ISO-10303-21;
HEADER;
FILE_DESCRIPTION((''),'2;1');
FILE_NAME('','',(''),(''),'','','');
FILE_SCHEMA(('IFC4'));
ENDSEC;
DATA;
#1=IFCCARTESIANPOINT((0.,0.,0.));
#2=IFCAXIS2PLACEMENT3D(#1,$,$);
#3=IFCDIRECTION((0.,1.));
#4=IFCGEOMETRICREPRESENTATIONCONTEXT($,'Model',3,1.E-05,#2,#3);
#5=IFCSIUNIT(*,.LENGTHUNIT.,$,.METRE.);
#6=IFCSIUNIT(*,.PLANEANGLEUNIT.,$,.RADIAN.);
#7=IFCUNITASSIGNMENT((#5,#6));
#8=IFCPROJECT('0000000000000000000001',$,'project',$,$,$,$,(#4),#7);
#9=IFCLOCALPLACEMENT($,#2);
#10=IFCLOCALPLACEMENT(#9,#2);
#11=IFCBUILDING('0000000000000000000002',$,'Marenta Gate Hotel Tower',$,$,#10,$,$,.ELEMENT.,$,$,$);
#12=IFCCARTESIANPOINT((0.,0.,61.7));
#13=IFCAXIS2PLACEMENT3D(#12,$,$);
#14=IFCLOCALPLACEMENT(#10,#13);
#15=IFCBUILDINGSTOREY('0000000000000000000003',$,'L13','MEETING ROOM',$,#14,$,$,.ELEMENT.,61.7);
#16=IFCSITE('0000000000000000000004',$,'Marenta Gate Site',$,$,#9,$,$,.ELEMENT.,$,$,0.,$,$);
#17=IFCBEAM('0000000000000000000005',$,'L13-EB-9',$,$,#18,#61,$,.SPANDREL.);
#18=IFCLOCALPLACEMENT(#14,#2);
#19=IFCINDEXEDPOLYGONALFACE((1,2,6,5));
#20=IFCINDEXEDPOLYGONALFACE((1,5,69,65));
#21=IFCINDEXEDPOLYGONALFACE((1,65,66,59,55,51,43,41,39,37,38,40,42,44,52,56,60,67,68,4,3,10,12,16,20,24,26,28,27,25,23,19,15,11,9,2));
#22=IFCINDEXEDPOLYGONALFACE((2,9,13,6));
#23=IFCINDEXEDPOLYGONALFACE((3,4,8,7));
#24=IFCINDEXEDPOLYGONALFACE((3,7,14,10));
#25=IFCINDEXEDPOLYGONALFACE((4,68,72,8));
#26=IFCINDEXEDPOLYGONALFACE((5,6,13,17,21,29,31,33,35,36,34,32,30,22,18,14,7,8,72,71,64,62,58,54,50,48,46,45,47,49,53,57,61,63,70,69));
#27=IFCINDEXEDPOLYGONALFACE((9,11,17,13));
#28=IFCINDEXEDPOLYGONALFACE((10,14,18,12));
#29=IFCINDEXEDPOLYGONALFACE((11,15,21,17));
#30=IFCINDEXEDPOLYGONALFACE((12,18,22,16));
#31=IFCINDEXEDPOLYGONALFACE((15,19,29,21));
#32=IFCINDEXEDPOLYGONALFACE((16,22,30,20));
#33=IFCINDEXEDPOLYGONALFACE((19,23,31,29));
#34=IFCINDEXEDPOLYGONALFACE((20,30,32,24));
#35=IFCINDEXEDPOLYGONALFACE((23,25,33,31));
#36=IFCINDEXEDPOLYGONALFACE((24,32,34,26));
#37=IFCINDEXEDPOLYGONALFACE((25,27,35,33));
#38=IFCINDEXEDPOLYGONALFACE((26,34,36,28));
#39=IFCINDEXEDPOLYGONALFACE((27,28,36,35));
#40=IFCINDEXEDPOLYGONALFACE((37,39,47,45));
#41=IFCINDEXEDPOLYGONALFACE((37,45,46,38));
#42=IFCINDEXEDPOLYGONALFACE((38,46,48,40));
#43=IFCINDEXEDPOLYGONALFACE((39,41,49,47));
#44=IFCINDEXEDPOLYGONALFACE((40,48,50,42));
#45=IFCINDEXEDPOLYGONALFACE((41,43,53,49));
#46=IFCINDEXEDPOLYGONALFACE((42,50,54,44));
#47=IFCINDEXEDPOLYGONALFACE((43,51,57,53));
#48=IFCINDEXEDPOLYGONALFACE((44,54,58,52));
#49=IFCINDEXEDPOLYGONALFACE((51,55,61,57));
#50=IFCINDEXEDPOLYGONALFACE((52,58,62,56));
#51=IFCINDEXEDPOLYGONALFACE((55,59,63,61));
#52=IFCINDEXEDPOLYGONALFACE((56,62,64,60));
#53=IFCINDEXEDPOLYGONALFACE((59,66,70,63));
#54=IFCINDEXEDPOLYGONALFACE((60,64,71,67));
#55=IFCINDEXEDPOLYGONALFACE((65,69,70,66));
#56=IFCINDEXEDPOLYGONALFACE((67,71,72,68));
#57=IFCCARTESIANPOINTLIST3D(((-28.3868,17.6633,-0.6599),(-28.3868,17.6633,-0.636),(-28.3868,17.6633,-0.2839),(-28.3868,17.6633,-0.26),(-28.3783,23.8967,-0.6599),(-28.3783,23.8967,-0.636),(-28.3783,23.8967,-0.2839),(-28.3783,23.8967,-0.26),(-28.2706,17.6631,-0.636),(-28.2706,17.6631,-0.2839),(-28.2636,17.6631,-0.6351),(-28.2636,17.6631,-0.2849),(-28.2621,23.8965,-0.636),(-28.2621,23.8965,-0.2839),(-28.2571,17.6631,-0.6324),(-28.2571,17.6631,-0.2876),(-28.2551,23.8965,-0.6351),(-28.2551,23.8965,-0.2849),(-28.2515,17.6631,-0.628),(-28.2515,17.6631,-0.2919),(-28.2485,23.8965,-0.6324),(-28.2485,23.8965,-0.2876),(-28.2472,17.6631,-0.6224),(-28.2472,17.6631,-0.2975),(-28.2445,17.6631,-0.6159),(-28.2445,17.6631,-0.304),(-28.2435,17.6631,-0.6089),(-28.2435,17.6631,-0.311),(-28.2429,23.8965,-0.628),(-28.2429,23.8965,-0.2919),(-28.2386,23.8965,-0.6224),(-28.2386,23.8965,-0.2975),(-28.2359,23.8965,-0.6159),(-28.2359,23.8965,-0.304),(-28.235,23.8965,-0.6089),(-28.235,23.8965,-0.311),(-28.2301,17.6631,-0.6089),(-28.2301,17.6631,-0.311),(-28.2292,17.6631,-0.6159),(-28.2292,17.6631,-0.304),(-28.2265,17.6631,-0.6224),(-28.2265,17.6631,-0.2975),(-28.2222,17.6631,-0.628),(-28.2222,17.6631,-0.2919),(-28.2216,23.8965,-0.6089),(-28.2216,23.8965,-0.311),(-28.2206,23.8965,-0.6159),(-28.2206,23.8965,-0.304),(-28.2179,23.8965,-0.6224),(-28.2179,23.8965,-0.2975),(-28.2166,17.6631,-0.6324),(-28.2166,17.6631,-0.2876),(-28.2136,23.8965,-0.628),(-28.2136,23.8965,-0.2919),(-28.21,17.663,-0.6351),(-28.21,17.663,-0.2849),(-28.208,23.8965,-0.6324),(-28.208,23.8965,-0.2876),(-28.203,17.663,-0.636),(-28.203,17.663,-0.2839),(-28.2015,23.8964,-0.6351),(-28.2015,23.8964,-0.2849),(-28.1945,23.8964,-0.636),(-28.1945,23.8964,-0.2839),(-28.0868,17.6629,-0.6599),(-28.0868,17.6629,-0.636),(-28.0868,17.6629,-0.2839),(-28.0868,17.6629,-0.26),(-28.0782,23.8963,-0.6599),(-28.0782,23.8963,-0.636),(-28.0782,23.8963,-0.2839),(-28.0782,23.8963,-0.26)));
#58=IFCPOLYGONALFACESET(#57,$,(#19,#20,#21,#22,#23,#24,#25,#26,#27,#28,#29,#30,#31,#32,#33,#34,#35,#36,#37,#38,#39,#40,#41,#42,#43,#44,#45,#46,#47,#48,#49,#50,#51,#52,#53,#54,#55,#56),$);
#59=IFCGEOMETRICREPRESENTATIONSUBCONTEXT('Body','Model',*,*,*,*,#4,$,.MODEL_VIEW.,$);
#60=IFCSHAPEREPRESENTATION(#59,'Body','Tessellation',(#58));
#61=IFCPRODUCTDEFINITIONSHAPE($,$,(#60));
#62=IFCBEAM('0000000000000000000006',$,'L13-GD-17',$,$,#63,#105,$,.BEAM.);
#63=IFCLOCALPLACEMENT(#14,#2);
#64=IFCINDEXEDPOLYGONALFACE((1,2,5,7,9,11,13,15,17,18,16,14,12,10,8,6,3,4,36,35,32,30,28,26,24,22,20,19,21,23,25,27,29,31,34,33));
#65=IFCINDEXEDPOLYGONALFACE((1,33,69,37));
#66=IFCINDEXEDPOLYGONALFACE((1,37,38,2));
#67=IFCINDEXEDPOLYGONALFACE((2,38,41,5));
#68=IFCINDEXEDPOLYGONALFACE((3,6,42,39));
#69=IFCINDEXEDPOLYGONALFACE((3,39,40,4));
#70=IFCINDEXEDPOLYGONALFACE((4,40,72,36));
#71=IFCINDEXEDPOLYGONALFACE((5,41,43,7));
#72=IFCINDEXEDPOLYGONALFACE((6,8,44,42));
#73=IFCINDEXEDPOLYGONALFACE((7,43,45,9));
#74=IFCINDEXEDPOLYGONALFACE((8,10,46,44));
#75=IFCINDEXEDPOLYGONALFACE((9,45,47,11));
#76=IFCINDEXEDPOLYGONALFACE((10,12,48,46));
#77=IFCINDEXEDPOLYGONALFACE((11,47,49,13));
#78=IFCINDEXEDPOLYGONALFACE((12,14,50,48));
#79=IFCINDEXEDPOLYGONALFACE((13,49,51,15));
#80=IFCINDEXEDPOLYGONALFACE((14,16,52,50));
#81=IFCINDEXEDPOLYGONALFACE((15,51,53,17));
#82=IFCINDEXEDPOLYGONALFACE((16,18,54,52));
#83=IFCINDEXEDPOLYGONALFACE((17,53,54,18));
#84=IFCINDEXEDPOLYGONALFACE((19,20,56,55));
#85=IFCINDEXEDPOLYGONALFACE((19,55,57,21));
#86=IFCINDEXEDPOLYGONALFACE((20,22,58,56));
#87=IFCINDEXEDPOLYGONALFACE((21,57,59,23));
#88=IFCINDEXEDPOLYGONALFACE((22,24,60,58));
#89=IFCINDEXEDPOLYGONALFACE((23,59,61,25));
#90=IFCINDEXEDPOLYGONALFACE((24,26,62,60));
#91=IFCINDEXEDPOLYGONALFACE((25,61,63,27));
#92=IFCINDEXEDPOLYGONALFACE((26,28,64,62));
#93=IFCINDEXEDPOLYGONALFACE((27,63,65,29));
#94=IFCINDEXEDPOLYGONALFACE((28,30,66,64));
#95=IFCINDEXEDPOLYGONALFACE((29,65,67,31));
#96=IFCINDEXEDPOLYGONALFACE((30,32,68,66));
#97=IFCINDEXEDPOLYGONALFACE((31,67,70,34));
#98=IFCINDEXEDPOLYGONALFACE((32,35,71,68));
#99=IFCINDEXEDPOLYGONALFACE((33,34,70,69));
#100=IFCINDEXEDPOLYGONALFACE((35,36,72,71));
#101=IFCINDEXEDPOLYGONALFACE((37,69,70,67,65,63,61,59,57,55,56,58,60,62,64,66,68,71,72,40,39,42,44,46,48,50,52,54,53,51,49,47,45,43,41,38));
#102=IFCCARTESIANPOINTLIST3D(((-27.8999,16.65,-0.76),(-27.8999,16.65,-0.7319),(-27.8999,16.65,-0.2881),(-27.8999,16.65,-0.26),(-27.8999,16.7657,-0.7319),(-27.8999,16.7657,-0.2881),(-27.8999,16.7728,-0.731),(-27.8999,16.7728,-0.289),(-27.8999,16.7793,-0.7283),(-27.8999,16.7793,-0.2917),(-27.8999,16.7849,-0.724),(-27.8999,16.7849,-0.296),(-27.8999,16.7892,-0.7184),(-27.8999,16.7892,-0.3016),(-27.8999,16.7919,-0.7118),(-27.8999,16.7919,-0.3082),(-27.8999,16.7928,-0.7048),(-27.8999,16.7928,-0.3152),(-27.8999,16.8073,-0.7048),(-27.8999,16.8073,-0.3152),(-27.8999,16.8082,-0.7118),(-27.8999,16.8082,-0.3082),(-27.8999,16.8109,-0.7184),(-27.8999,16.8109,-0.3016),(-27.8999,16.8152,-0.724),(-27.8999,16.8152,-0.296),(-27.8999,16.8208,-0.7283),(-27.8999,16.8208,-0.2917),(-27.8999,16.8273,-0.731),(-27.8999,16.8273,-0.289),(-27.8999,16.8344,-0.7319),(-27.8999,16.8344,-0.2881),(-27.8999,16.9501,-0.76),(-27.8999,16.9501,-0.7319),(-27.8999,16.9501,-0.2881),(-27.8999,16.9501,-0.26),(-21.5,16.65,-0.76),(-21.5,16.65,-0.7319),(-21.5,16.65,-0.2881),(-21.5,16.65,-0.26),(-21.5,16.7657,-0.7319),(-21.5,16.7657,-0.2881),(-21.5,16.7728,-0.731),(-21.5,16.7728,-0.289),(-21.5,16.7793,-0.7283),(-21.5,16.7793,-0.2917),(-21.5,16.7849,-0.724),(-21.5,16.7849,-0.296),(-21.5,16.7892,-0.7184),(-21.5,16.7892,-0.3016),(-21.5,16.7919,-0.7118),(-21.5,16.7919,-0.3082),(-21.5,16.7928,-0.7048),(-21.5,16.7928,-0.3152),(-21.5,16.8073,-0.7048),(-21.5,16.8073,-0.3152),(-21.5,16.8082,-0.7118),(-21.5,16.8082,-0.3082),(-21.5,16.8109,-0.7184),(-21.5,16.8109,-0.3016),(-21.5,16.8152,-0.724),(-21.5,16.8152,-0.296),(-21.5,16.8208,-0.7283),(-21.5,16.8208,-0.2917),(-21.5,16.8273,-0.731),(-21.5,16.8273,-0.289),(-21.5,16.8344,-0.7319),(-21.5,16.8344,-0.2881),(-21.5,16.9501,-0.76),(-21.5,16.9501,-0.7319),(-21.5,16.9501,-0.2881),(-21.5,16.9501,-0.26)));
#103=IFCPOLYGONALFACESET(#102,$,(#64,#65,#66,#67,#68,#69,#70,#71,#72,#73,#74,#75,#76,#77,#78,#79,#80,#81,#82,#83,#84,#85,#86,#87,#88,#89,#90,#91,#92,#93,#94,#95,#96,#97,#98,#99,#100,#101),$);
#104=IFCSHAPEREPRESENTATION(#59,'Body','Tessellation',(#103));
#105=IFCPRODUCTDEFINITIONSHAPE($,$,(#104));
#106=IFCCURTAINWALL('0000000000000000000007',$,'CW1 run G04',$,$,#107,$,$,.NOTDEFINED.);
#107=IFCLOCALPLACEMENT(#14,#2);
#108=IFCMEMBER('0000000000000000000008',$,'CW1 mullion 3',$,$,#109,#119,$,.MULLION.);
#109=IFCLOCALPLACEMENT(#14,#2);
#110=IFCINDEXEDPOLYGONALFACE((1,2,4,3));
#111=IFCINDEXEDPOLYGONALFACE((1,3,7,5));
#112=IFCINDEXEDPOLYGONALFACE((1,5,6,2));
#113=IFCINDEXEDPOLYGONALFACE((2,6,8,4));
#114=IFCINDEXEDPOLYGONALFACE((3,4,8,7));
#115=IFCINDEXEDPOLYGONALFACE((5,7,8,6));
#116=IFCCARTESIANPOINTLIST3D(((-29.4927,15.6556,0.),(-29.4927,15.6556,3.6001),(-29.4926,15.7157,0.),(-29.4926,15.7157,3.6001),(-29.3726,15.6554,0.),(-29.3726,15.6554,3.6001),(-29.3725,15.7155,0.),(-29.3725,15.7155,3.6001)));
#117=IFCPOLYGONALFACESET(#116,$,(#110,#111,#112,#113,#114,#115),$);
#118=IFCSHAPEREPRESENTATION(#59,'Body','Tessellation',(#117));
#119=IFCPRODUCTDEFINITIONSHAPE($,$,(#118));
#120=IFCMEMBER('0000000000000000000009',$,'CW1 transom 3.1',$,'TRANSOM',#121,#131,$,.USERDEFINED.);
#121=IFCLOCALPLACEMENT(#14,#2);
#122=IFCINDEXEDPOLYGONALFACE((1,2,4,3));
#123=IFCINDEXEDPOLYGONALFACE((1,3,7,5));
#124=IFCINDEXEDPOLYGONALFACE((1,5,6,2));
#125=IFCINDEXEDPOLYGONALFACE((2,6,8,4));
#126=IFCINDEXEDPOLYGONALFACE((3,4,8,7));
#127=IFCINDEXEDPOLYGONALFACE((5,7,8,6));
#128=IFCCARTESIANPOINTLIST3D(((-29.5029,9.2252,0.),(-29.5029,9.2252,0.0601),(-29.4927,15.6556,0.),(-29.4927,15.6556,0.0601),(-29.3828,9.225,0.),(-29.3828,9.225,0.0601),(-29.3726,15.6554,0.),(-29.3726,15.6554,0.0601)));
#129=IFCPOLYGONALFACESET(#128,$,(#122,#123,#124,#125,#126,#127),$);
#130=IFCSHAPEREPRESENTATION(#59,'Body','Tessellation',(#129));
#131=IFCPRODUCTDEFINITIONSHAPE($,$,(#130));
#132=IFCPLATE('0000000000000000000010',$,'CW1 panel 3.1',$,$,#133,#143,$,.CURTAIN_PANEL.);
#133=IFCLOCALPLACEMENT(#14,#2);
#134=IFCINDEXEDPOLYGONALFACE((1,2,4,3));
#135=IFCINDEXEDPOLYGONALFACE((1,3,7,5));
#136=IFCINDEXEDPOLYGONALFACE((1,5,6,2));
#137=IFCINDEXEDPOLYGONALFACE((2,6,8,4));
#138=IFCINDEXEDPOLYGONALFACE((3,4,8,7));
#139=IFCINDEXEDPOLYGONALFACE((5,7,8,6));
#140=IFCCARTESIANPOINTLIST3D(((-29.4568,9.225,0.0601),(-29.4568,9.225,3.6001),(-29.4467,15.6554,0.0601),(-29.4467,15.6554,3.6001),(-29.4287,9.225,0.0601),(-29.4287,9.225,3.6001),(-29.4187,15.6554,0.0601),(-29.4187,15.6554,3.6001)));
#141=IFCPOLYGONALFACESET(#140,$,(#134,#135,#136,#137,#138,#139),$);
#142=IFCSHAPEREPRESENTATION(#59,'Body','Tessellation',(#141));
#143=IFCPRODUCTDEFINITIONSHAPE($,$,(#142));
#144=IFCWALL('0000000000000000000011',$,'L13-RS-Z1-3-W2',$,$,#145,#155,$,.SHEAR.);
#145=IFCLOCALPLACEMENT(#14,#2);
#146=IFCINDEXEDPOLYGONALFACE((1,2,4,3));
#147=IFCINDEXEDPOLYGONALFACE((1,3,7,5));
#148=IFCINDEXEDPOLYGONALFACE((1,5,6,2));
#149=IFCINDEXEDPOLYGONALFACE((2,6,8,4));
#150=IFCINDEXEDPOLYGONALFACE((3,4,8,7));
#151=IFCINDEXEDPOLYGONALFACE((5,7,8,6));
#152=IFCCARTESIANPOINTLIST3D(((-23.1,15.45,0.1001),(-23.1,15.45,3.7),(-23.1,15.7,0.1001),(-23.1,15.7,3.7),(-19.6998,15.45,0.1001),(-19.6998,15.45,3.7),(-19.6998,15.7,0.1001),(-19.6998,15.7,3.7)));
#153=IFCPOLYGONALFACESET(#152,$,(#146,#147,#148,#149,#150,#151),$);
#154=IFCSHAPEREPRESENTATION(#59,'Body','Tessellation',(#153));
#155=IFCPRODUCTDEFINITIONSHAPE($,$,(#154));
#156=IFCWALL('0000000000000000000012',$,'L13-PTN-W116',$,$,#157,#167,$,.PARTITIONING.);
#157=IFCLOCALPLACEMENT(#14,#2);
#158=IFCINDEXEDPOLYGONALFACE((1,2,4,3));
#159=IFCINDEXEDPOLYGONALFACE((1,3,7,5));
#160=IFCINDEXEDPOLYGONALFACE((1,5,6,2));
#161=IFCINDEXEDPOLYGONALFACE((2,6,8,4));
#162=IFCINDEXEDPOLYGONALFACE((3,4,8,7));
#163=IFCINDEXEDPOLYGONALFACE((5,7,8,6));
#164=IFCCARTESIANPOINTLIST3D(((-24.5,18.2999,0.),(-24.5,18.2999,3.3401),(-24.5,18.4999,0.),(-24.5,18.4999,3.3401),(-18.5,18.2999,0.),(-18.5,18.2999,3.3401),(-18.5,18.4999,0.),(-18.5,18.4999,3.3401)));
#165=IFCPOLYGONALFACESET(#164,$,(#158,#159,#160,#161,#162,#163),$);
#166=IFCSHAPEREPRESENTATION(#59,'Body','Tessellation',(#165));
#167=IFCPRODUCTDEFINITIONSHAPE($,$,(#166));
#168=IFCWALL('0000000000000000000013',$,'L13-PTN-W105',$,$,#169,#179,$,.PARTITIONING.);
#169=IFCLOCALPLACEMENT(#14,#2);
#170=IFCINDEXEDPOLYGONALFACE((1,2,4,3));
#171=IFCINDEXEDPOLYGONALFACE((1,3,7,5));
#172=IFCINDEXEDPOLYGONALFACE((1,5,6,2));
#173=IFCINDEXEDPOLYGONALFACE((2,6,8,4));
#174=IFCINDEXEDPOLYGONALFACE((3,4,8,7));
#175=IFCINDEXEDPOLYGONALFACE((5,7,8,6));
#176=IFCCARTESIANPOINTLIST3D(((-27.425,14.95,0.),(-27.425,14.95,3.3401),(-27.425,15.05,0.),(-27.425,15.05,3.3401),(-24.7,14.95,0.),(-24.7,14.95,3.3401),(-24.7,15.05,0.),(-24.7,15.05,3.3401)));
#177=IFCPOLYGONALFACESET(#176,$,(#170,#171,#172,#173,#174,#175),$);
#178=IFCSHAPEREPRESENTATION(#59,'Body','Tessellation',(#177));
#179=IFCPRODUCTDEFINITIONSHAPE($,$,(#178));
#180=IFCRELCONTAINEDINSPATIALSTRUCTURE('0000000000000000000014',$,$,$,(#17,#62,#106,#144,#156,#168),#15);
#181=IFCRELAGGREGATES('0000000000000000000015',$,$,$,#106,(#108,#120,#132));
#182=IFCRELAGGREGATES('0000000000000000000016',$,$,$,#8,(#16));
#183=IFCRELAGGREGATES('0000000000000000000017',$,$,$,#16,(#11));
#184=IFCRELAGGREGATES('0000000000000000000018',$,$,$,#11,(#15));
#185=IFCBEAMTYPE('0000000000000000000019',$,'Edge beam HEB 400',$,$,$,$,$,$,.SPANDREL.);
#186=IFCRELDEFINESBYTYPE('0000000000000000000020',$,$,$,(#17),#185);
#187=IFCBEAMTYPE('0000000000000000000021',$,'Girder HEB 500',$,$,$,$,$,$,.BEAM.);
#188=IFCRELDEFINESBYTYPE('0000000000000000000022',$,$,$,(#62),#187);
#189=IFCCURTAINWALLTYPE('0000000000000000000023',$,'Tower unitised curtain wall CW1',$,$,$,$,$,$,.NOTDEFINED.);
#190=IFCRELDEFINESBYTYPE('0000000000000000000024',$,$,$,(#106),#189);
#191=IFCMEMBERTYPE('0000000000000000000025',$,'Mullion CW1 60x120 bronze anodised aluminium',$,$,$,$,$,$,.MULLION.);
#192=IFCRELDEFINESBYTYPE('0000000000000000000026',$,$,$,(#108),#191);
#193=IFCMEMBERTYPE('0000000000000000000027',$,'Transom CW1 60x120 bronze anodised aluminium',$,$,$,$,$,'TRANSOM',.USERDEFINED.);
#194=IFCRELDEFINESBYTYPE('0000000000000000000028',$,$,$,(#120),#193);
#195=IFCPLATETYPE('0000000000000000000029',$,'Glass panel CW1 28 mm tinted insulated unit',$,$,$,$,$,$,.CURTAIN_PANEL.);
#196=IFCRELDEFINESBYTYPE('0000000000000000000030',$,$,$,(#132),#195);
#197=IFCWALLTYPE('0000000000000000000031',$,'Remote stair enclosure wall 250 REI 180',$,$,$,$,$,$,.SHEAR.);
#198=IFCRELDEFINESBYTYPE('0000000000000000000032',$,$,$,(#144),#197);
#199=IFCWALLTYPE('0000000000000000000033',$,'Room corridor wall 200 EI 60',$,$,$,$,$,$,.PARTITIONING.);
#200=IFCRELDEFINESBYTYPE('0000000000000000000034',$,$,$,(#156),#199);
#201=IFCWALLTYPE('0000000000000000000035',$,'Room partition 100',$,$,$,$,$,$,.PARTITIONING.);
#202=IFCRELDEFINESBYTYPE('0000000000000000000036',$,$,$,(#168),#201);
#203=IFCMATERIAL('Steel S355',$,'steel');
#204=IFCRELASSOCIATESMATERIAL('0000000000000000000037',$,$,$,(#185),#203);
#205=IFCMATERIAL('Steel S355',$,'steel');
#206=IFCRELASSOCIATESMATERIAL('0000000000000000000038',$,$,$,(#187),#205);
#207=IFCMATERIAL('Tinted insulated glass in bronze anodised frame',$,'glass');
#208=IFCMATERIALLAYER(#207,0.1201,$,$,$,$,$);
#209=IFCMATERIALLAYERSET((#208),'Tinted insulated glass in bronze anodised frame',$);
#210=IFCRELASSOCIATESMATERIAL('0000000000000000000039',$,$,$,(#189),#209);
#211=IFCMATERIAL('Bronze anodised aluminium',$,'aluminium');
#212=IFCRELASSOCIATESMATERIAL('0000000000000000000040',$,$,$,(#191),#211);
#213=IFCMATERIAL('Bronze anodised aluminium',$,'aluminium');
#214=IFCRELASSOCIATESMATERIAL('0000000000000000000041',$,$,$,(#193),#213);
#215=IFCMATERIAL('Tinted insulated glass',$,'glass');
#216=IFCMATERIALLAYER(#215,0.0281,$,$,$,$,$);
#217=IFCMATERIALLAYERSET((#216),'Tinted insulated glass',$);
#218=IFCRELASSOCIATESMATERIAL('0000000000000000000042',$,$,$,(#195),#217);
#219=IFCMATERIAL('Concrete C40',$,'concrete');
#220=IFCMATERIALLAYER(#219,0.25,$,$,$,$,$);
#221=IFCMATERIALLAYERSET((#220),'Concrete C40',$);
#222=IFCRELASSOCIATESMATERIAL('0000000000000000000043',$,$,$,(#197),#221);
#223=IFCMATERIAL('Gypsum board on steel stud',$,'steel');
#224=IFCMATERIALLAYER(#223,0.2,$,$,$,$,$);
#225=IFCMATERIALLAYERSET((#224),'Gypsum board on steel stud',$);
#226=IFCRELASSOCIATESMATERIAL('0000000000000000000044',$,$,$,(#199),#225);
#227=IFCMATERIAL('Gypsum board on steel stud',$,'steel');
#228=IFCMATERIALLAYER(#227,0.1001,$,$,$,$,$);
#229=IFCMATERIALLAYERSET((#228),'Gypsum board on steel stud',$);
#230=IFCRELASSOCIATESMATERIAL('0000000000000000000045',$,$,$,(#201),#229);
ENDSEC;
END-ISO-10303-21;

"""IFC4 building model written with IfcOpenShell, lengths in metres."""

from ifc_helpers import new_model, si_unit, direction, frame, frame_2d, origin, origin_2d, place, context, subcontext, project, spatial, rectangle, i_section, extrude, material, layer, layer_set, material_profile, profile_set, type_object, element, aggregate, save


model = new_model("IFC4")

# Units and contexts
model_context = context("Model", 3, precision=1e-05, world=origin(), true_north=direction((0.0, 1.0)))
body_context = subcontext(model_context, "Body", "Model", "MODEL_VIEW")
ifc_project = project(units=[si_unit("LENGTHUNIT", "METRE"), si_unit("PLANEANGLEUNIT", "RADIAN")], contexts=[model_context])

# Site, building, storey
site_placement = place(None, origin())
site = spatial("IfcSite", under=ifc_project, at=site_placement, Name="Marenta Gate Site", CompositionType="ELEMENT", RefElevation=0.0)
building_placement = place(site_placement, origin())
building = spatial("IfcBuilding", under=site, at=building_placement, Name="Marenta Gate Hotel Tower", CompositionType="ELEMENT")
storey_placement = place(building_placement, frame((0.0, 0.0, 61.7)))
storey = spatial("IfcBuildingStorey", under=building, at=storey_placement, Name="L13", Description="MEETING ROOM", CompositionType="ELEMENT", Elevation=61.7)

# Beams
ifc_material_1 = material(Name="Steel S355", Category="steel")
ifc_material_profile_1 = material_profile(ifc_material_1, i_section(OverallWidth=0.3, OverallDepth=0.3999, WebThickness=0.0134, FlangeThickness=0.0239, FilletRadius=0.0271, at=origin_2d()), Name="HEB 400")
ifc_profile_set_1 = profile_set([ifc_material_profile_1], Name="Steel S355")
beam_type_1 = type_object("IfcBeamType", Name="Edge beam HEB 400", PredefinedType="SPANDREL", material=ifc_profile_set_1)
beam_1_placement = place(storey_placement, frame((-28.2368, 17.6631, -0.46), z_axis=(0.001371, 0.999999, 0.0), x_axis=(-0.999999, 0.001371, 0.0)))
element("IfcBeam", 1, at=beam_1_placement, inside=storey, type_object=beam_type_1, Name="L13-EB-9", PredefinedType="SPANDREL", context=body_context, shape_type="SweptSolid", body=[
    extrude(i_section(OverallWidth=0.3, OverallDepth=0.3999, WebThickness=0.0134, FlangeThickness=0.0239, FilletRadius=0.0271, at=origin_2d()), origin(), (0.0, 0.0, 1.0), 6.2334),
])
ifc_material_2 = material(Name="Steel S355", Category="steel")
ifc_material_profile_2 = material_profile(ifc_material_2, i_section(OverallWidth=0.3, OverallDepth=0.5, WebThickness=0.0144, FlangeThickness=0.0281, FilletRadius=0.0271, at=origin_2d()), Name="HEB 500")
ifc_profile_set_2 = profile_set([ifc_material_profile_2], Name="Steel S355")
beam_type_2 = type_object("IfcBeamType", Name="Girder HEB 500", PredefinedType="BEAM", material=ifc_profile_set_2)
beam_2_placement = place(storey_placement, frame((-27.8999, 16.8, -0.51), z_axis=(1.0, 0.0, 0.0), x_axis=(0.0, 1.0, 0.0)))
element("IfcBeam", 2, at=beam_2_placement, inside=storey, type_object=beam_type_2, Name="L13-GD-17", PredefinedType="BEAM", context=body_context, shape_type="SweptSolid", body=[
    extrude(i_section(OverallWidth=0.3, OverallDepth=0.5, WebThickness=0.0144, FlangeThickness=0.0281, FilletRadius=0.0271, at=origin_2d()), origin(), (0.0, 0.0, 1.0), 6.3999),
])

# Curtain wall, members, plate
ifc_material_3 = material(Name="Tinted insulated glass in bronze anodised frame", Category="glass")
ifc_layer_1 = layer(ifc_material_3, 0.1201)
ifc_layer_set_1 = layer_set([ifc_layer_1], Name="Tinted insulated glass in bronze anodised frame")
curtain_wall_type = type_object("IfcCurtainWallType", Name="Tower unitised curtain wall CW1", PredefinedType="NOTDEFINED", material=ifc_layer_set_1)
curtain_wall_placement = place(storey_placement, origin())
curtain_wall = element("IfcCurtainWall", 3, at=curtain_wall_placement, inside=storey, type_object=curtain_wall_type, Name="CW1 run G04", PredefinedType="NOTDEFINED")
ifc_material_4 = material(Name="Bronze anodised aluminium", Category="aluminium")
ifc_material_profile_3 = material_profile(ifc_material_4, rectangle(XDim=0.1201, YDim=0.0601, at=origin_2d()), Name="Mullion CW1 60x120 bronze anodised aluminium")
ifc_profile_set_3 = profile_set([ifc_material_profile_3], Name="Bronze anodised aluminium")
member_type_1 = type_object("IfcMemberType", Name="Mullion CW1 60x120 bronze anodised aluminium", PredefinedType="MULLION", material=ifc_profile_set_3)
member_1_placement = place(storey_placement, frame((-29.4326, 15.6855, 0.0), z_axis=(0.0, 0.0, 1.0), x_axis=(0.999999, -0.001566, 0.0)))
member_1 = element("IfcMember", 4, at=member_1_placement, type_object=member_type_1, Name="CW1 mullion 3", PredefinedType="MULLION", context=body_context, shape_type="SweptSolid", body=[
    extrude(rectangle(XDim=0.1201, YDim=0.0601, at=origin_2d()), origin(), (0.0, 0.0, 1.0), 3.6001),
])
ifc_material_5 = material(Name="Bronze anodised aluminium", Category="aluminium")
ifc_material_profile_4 = material_profile(ifc_material_5, rectangle(XDim=0.1201, YDim=0.0601, at=origin_2d()), Name="Transom CW1 60x120 bronze anodised aluminium")
ifc_profile_set_4 = profile_set([ifc_material_profile_4], Name="Bronze anodised aluminium")
member_type_2 = type_object("IfcMemberType", Name="Transom CW1 60x120 bronze anodised aluminium", ElementType="TRANSOM", PredefinedType="USERDEFINED", material=ifc_profile_set_4)
member_2_placement = place(storey_placement, frame((-29.4326, 15.6555, 0.03), z_axis=(-0.001595, -0.999999, 0.0), x_axis=(0.999999, -0.001595, 0.0)))
member_2 = element("IfcMember", 5, at=member_2_placement, type_object=member_type_2, Name="CW1 transom 3.1", ObjectType="TRANSOM", PredefinedType="USERDEFINED", context=body_context, shape_type="SweptSolid", body=[
    extrude(rectangle(XDim=0.1201, YDim=0.0601, at=origin_2d()), origin(), (0.0, 0.0, 1.0), 6.4304),
])
ifc_material_6 = material(Name="Tinted insulated glass", Category="glass")
ifc_layer_2 = layer(ifc_material_6, 0.0281)
ifc_layer_set_2 = layer_set([ifc_layer_2], Name="Tinted insulated glass")
plate_type = type_object("IfcPlateType", Name="Glass panel CW1 28 mm tinted insulated unit", PredefinedType="CURTAIN_PANEL", material=ifc_layer_set_2)
plate_placement = place(storey_placement, frame((-29.4377, 12.4402, 0.0601), z_axis=(0.0, 0.0, 1.0), x_axis=(-0.001566, -0.999999, 0.0)))
plate = element("IfcPlate", 6, at=plate_placement, type_object=plate_type, Name="CW1 panel 3.1", PredefinedType="CURTAIN_PANEL", context=body_context, shape_type="SweptSolid", body=[
    extrude(rectangle(XDim=6.4304, YDim=0.0281, at=origin_2d()), origin(), (0.0, 0.0, 1.0), 3.54),
])
aggregate(curtain_wall, [member_1, member_2, plate])

# Walls
ifc_material_7 = material(Name="Concrete C40", Category="concrete")
ifc_layer_3 = layer(ifc_material_7, 0.25)
ifc_layer_set_3 = layer_set([ifc_layer_3], Name="Concrete C40")
wall_type_1 = type_object("IfcWallType", Name="Remote stair enclosure wall 250 REI 180", PredefinedType="SHEAR", material=ifc_layer_set_3)
wall_1_placement = place(storey_placement, frame((-23.1001, 15.575, 0.1001), z_axis=(0.0, 0.0, 1.0), x_axis=(1.0, 0.0, 0.0)))
element("IfcWall", 7, at=wall_1_placement, inside=storey, type_object=wall_type_1, Name="L13-RS-Z1-3-W2", PredefinedType="SHEAR", context=body_context, shape_type="SweptSolid", body=[
    extrude(rectangle(XDim=3.4001, YDim=0.25, at=frame_2d((1.7002, 0.0))), origin(), (0.0, 0.0, 1.0), 3.5999),
])
ifc_material_8 = material(Name="Gypsum board on steel stud", Category="steel")
ifc_layer_4 = layer(ifc_material_8, 0.2)
ifc_layer_set_4 = layer_set([ifc_layer_4], Name="Gypsum board on steel stud")
wall_type_2 = type_object("IfcWallType", Name="Room corridor wall 200 EI 60", PredefinedType="PARTITIONING", material=ifc_layer_set_4)
wall_2_placement = place(storey_placement, frame((-24.5, 18.3999, 0.0), z_axis=(0.0, 0.0, 1.0), x_axis=(1.0, 0.0, 0.0)))
element("IfcWall", 8, at=wall_2_placement, inside=storey, type_object=wall_type_2, Name="L13-PTN-W116", PredefinedType="PARTITIONING", context=body_context, shape_type="SweptSolid", body=[
    extrude(rectangle(XDim=6.0, YDim=0.2, at=frame_2d((3.0, 0.0))), origin(), (0.0, 0.0, 1.0), 3.3401),
])
ifc_material_9 = material(Name="Gypsum board on steel stud", Category="steel")
ifc_layer_5 = layer(ifc_material_9, 0.1001)
ifc_layer_set_5 = layer_set([ifc_layer_5], Name="Gypsum board on steel stud")
wall_type_3 = type_object("IfcWallType", Name="Room partition 100", PredefinedType="PARTITIONING", material=ifc_layer_set_5)
wall_3_placement = place(storey_placement, frame((-27.425, 15.0, 0.0), z_axis=(0.0, 0.0, 1.0), x_axis=(1.0, 0.0, 0.0)))
element("IfcWall", 9, at=wall_3_placement, inside=storey, type_object=wall_type_3, Name="L13-PTN-W105", PredefinedType="PARTITIONING", context=body_context, shape_type="SweptSolid", body=[
    extrude(rectangle(XDim=2.7251, YDim=0.1001, at=frame_2d((1.3625, 0.0))), origin(), (0.0, 0.0, 1.0), 3.3401),
])

save(model, "model.ifc")
